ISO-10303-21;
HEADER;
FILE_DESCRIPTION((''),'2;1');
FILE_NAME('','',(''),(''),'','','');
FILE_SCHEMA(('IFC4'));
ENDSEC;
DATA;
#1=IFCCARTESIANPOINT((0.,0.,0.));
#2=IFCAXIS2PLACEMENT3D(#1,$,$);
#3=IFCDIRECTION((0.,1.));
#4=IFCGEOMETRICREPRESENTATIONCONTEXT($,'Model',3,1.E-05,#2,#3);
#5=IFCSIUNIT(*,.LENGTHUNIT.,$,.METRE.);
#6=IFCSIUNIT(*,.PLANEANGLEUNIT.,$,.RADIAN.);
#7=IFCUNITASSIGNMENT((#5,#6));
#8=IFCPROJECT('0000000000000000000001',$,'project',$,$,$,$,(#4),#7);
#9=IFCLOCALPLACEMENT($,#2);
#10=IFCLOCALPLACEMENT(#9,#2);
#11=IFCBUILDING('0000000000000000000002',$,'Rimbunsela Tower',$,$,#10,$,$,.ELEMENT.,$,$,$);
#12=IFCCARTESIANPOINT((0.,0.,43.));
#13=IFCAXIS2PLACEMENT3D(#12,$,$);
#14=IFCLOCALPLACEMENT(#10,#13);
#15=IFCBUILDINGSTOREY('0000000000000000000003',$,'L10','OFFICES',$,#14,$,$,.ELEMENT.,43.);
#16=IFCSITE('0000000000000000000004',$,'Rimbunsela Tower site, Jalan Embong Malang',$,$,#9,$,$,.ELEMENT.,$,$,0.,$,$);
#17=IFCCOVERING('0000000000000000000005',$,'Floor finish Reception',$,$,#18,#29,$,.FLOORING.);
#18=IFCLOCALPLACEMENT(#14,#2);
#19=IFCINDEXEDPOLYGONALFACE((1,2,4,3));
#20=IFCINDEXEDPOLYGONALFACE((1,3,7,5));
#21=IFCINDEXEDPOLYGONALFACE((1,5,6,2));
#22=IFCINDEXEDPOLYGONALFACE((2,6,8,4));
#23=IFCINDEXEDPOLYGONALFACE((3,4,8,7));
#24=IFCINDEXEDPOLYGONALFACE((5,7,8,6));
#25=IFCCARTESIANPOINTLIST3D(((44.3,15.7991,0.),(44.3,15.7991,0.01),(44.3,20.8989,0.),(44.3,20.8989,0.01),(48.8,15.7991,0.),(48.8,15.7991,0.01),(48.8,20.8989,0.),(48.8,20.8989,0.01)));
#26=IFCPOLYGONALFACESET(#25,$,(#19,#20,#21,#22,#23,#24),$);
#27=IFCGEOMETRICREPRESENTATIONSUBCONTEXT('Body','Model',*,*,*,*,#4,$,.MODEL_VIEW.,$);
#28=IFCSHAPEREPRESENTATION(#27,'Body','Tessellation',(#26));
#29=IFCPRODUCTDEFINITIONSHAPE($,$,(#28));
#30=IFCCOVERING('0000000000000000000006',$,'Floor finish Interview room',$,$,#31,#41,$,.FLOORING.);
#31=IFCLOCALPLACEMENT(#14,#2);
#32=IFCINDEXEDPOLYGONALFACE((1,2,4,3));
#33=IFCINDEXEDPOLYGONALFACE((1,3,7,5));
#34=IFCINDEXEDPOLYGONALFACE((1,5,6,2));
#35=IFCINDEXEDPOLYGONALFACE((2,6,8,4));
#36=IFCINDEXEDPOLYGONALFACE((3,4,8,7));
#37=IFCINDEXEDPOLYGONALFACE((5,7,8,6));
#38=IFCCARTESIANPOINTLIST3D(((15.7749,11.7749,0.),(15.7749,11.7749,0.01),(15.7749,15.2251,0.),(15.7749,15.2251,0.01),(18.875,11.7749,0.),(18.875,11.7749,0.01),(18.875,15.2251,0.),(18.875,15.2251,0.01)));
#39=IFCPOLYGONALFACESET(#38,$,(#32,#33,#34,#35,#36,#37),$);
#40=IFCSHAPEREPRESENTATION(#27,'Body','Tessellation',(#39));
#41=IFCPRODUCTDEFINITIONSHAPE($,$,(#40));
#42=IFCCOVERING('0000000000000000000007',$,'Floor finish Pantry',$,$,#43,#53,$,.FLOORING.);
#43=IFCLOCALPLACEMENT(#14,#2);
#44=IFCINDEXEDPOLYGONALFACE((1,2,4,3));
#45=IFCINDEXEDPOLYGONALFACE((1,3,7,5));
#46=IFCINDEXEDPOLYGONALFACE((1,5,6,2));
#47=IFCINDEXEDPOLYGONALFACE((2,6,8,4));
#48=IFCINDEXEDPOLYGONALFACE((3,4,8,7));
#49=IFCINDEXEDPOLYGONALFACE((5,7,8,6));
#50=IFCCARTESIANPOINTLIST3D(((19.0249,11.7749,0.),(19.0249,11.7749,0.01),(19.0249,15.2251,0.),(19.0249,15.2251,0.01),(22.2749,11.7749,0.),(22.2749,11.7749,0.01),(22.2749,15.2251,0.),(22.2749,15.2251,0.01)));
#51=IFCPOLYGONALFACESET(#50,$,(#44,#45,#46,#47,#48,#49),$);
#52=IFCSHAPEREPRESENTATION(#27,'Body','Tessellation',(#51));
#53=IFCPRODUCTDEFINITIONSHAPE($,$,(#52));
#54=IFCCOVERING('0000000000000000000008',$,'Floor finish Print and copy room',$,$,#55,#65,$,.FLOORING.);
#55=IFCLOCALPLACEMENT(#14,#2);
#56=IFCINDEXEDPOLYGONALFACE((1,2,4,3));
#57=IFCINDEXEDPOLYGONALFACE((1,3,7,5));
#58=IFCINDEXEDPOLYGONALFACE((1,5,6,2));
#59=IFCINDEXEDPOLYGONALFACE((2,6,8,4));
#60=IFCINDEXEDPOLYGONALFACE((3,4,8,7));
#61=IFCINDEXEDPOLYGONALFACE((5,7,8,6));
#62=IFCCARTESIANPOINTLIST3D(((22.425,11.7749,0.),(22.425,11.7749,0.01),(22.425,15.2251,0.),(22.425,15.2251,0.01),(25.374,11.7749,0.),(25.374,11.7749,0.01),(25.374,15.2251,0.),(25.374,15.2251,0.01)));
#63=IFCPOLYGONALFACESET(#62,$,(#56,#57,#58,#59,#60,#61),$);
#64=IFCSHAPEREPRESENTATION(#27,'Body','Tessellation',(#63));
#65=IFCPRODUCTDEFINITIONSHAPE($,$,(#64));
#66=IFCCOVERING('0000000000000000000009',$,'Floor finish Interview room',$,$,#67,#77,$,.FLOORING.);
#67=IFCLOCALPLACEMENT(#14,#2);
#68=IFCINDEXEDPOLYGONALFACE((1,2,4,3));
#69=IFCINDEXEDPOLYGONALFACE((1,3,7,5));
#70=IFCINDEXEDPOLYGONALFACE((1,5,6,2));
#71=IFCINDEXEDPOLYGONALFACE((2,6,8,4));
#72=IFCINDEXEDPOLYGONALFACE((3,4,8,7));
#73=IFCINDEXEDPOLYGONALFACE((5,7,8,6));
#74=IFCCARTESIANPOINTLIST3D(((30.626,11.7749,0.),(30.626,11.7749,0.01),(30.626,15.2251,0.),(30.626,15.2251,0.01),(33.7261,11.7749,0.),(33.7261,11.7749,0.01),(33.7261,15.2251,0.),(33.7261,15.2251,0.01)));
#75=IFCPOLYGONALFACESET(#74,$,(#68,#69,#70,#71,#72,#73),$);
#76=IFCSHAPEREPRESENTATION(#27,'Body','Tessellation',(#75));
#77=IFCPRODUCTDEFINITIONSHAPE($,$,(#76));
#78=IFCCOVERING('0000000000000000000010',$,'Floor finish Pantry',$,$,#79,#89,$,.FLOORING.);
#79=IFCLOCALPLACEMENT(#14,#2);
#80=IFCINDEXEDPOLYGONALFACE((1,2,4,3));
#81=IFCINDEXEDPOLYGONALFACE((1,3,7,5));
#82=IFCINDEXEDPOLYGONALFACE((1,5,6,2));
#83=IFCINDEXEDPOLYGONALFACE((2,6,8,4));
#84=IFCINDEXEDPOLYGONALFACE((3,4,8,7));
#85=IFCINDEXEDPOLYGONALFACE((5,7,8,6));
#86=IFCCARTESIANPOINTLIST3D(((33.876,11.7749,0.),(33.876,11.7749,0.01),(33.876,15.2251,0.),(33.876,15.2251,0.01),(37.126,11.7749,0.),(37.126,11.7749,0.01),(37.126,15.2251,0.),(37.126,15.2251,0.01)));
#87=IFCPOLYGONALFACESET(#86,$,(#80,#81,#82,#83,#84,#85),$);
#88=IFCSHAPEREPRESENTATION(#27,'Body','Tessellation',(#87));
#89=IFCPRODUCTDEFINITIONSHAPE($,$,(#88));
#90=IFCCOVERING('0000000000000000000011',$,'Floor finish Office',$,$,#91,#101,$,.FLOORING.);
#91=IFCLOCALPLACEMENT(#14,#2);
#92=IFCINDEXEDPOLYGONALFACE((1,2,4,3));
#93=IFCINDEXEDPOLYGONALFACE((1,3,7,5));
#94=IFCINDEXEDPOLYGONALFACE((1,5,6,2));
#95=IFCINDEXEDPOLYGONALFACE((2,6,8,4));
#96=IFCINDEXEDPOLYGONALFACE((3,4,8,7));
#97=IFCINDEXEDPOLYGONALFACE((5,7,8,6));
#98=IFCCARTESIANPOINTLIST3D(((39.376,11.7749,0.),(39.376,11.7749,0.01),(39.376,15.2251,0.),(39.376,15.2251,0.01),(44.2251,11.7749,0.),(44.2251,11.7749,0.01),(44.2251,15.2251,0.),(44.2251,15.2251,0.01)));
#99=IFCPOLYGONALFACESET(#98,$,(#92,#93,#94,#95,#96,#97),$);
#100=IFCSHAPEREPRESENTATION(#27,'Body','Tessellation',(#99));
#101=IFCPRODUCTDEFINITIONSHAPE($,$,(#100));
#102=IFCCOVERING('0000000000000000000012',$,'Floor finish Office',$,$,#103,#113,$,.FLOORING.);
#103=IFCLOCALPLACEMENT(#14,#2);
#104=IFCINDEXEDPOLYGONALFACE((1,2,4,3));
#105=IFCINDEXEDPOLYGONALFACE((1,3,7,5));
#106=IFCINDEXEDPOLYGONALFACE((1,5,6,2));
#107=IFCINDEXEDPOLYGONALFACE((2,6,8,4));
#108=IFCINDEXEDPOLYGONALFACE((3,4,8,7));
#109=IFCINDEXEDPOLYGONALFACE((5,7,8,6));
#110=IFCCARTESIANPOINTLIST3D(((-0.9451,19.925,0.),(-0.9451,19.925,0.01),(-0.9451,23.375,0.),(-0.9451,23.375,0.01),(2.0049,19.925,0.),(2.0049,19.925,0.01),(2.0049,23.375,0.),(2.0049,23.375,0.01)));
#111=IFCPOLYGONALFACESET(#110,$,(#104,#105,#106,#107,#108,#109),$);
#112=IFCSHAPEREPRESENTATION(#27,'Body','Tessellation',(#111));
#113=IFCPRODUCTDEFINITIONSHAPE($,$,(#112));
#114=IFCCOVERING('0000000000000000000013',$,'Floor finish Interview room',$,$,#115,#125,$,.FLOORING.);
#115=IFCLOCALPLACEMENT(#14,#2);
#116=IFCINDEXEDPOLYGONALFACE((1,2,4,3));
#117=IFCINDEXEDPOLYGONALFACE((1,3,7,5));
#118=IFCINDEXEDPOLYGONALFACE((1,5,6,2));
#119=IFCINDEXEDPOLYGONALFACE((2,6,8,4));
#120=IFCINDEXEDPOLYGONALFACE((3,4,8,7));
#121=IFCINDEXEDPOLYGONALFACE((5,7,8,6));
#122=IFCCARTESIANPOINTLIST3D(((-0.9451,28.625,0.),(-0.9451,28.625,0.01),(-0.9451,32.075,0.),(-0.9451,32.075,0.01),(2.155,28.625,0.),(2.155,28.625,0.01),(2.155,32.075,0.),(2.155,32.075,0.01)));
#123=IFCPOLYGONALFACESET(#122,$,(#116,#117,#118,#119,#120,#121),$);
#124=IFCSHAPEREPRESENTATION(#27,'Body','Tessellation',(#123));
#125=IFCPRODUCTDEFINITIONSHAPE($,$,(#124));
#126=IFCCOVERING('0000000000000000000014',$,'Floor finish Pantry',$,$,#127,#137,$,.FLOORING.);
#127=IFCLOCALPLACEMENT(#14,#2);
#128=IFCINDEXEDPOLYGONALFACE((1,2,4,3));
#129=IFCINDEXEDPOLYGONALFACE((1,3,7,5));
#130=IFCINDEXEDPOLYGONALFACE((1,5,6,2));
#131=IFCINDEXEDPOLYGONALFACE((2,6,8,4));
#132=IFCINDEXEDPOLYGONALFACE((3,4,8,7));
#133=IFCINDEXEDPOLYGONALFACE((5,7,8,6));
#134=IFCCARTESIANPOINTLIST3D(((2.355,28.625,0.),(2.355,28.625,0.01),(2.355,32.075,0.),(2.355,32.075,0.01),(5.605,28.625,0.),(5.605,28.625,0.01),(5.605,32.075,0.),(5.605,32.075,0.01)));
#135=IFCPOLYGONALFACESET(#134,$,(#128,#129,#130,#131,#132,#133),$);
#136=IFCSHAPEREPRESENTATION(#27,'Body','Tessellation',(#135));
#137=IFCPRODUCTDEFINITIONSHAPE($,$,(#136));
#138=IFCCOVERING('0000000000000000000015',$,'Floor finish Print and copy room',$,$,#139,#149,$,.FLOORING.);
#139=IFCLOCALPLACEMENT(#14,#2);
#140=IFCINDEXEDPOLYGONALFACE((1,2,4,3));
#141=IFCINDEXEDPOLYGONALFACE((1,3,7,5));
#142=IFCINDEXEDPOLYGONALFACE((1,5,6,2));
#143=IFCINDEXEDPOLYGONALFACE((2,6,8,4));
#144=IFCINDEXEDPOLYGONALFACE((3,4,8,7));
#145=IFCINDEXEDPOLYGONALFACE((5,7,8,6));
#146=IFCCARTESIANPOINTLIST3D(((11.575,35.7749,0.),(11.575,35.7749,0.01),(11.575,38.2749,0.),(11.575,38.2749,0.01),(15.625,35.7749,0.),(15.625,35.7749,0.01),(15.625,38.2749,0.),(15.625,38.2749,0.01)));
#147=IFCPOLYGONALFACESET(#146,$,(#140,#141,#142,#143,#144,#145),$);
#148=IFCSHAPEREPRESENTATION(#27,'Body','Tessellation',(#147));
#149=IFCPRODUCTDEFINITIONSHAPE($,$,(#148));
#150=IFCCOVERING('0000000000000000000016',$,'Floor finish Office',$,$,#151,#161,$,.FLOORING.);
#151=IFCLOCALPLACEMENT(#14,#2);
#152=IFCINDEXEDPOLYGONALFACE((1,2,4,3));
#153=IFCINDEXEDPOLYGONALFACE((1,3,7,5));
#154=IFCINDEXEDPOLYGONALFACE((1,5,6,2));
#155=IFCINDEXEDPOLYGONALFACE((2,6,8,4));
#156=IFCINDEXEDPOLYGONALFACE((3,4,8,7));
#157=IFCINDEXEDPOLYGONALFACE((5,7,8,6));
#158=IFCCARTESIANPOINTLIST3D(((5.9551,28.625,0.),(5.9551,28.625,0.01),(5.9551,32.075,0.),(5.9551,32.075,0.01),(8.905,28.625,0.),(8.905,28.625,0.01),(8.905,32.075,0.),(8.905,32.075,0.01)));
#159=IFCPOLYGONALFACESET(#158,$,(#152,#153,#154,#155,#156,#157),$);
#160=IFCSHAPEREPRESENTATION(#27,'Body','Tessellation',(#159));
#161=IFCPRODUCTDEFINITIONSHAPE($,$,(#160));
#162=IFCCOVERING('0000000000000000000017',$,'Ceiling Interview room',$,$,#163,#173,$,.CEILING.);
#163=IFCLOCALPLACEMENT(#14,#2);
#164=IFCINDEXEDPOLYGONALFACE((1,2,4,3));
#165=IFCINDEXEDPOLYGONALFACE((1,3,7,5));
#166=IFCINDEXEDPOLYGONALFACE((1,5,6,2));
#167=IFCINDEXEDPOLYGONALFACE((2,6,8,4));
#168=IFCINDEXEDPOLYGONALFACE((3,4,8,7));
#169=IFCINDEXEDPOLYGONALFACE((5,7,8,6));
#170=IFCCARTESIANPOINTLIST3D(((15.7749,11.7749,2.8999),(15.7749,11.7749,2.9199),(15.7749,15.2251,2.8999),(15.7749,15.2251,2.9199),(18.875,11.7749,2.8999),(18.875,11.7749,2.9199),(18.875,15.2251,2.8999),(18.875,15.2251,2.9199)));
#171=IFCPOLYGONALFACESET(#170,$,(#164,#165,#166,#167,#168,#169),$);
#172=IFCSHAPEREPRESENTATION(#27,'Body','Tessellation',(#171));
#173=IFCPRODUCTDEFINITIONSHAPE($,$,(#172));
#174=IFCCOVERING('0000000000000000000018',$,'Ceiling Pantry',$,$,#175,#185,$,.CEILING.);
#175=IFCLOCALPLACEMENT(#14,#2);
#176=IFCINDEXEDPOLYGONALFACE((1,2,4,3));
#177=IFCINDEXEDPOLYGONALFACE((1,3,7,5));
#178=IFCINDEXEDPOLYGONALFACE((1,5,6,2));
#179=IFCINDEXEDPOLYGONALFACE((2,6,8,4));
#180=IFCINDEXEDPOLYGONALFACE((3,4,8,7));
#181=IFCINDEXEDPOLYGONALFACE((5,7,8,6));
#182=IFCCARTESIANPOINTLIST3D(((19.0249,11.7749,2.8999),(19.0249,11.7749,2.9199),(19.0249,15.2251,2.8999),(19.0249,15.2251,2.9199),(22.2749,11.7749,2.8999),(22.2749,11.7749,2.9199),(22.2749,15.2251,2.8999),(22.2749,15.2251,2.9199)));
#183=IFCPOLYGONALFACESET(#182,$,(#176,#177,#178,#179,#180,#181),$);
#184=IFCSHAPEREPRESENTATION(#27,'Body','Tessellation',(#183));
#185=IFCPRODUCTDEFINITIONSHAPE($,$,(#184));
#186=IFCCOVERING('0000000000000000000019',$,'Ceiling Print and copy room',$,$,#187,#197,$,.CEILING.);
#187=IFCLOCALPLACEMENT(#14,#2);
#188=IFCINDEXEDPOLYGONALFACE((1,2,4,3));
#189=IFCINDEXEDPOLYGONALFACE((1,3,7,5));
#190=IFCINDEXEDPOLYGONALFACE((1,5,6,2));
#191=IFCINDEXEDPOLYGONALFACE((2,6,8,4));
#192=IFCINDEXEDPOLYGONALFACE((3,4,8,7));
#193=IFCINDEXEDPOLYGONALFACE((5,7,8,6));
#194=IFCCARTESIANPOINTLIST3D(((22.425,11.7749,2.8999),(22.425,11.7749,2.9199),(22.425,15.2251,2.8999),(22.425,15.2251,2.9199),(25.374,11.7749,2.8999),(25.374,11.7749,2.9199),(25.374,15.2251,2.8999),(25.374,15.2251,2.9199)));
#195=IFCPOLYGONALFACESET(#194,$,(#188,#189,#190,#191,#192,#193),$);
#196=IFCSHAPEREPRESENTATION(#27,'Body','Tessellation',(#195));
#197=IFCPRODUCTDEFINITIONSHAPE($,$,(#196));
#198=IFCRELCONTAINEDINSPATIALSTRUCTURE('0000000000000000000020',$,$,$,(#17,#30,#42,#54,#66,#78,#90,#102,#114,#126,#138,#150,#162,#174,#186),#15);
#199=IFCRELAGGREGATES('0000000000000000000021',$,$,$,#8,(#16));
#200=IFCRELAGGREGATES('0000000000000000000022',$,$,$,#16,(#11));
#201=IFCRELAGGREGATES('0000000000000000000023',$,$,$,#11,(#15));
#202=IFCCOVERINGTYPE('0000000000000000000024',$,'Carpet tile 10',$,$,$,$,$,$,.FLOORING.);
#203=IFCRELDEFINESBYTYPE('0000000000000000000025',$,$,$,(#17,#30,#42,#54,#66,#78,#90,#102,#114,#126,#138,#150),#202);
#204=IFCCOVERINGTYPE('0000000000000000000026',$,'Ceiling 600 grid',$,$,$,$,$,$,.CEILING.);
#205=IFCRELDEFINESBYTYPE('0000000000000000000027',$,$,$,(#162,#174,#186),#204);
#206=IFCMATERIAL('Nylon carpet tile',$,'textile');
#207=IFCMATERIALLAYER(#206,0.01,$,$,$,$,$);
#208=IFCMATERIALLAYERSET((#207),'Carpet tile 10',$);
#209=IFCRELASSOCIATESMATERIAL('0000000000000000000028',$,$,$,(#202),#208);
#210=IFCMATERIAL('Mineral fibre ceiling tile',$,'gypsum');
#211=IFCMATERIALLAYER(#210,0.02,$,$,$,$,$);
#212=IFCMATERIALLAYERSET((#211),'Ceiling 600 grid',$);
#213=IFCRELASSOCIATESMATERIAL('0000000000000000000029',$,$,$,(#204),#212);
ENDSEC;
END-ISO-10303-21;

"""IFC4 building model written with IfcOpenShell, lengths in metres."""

from ifc_helpers import new_model, si_unit, direction, frame, origin, place, context, subcontext, project, spatial, polyline, outline, extrude, material, layer, layer_set, type_object, element, save


model = new_model("IFC4")

# Units and contexts
model_context = context("Model", 3, precision=1e-05, world=origin(), true_north=direction((0.0, 1.0)))
body_context = subcontext(model_context, "Body", "Model", "MODEL_VIEW")
ifc_project = project(units=[si_unit("LENGTHUNIT", "METRE"), si_unit("PLANEANGLEUNIT", "RADIAN")], contexts=[model_context])

# Site, building, storey
site_placement = place(None, origin())
site = spatial("IfcSite", under=ifc_project, at=site_placement, Name="Rimbunsela Tower site, Jalan Embong Malang", CompositionType="ELEMENT", RefElevation=0.0)
building_placement = place(site_placement, origin())
building = spatial("IfcBuilding", under=site, at=building_placement, Name="Rimbunsela Tower", CompositionType="ELEMENT")
storey_placement = place(building_placement, frame((0.0, 0.0, 43.0)))
storey = spatial("IfcBuildingStorey", under=building, at=storey_placement, Name="L10", Description="OFFICES", CompositionType="ELEMENT", Elevation=43.0)

# Coverings
ifc_material_1 = material(Name="Nylon carpet tile", Category="textile")
ifc_layer_1 = layer(ifc_material_1, 0.01)
ifc_layer_set_1 = layer_set([ifc_layer_1], Name="Carpet tile 10")
covering_type_1 = type_object("IfcCoveringType", Name="Carpet tile 10", PredefinedType="FLOORING", material=ifc_layer_set_1)
covering_1_placement = place(storey_placement, origin())
element("IfcCovering", 1, at=covering_1_placement, inside=storey, type_object=covering_type_1, Name="Floor finish Reception", PredefinedType="FLOORING", context=body_context, shape_type="SweptSolid", body=[
    extrude(outline(polyline([(48.8, 15.7991), (48.8, 20.8989), (44.3, 20.8989), (44.3, 15.7991), (48.8, 15.7991)])), origin(), (0.0, 0.0, 1.0), 0.01),
])
covering_2_placement = place(storey_placement, origin())
element("IfcCovering", 2, at=covering_2_placement, inside=storey, type_object=covering_type_1, Name="Floor finish Interview room", PredefinedType="FLOORING", context=body_context, shape_type="SweptSolid", body=[
    extrude(outline(polyline([(18.875, 11.7749), (18.875, 15.2251), (15.7749, 15.2251), (15.7749, 11.7749), (18.875, 11.7749)])), origin(), (0.0, 0.0, 1.0), 0.01),
])
covering_3_placement = place(storey_placement, origin())
element("IfcCovering", 3, at=covering_3_placement, inside=storey, type_object=covering_type_1, Name="Floor finish Pantry", PredefinedType="FLOORING", context=body_context, shape_type="SweptSolid", body=[
    extrude(outline(polyline([(22.2749, 11.7749), (22.2749, 15.2251), (19.0249, 15.2251), (19.0249, 11.7749), (22.2749, 11.7749)])), origin(), (0.0, 0.0, 1.0), 0.01),
])
covering_4_placement = place(storey_placement, origin())
element("IfcCovering", 4, at=covering_4_placement, inside=storey, type_object=covering_type_1, Name="Floor finish Print and copy room", PredefinedType="FLOORING", context=body_context, shape_type="SweptSolid", body=[
    extrude(outline(polyline([(25.374, 11.7749), (25.374, 15.2251), (22.425, 15.2251), (22.425, 11.7749), (25.374, 11.7749)])), origin(), (0.0, 0.0, 1.0), 0.01),
])
covering_5_placement = place(storey_placement, origin())
element("IfcCovering", 5, at=covering_5_placement, inside=storey, type_object=covering_type_1, Name="Floor finish Interview room", PredefinedType="FLOORING", context=body_context, shape_type="SweptSolid", body=[
    extrude(outline(polyline([(33.7261, 11.7749), (33.7261, 15.2251), (30.626, 15.2251), (30.626, 11.7749), (33.7261, 11.7749)])), origin(), (0.0, 0.0, 1.0), 0.01),
])
covering_6_placement = place(storey_placement, origin())
element("IfcCovering", 6, at=covering_6_placement, inside=storey, type_object=covering_type_1, Name="Floor finish Pantry", PredefinedType="FLOORING", context=body_context, shape_type="SweptSolid", body=[
    extrude(outline(polyline([(37.126, 11.7749), (37.126, 15.2251), (33.876, 15.2251), (33.876, 11.7749), (37.126, 11.7749)])), origin(), (0.0, 0.0, 1.0), 0.01),
])
covering_7_placement = place(storey_placement, origin())
element("IfcCovering", 7, at=covering_7_placement, inside=storey, type_object=covering_type_1, Name="Floor finish Office", PredefinedType="FLOORING", context=body_context, shape_type="SweptSolid", body=[
    extrude(outline(polyline([(44.2251, 11.7749), (44.2251, 15.2251), (39.376, 15.2251), (39.376, 11.7749), (44.2251, 11.7749)])), origin(), (0.0, 0.0, 1.0), 0.01),
])
covering_8_placement = place(storey_placement, origin())
element("IfcCovering", 8, at=covering_8_placement, inside=storey, type_object=covering_type_1, Name="Floor finish Office", PredefinedType="FLOORING", context=body_context, shape_type="SweptSolid", body=[
    extrude(outline(polyline([(2.0049, 19.925), (2.0049, 23.375), (-0.9451, 23.375), (-0.9451, 19.925), (2.0049, 19.925)])), origin(), (0.0, 0.0, 1.0), 0.01),
])
covering_9_placement = place(storey_placement, origin())
element("IfcCovering", 9, at=covering_9_placement, inside=storey, type_object=covering_type_1, Name="Floor finish Interview room", PredefinedType="FLOORING", context=body_context, shape_type="SweptSolid", body=[
    extrude(outline(polyline([(2.155, 28.625), (2.155, 32.075), (-0.9451, 32.075), (-0.9451, 28.625), (2.155, 28.625)])), origin(), (0.0, 0.0, 1.0), 0.01),
])
covering_10_placement = place(storey_placement, origin())
element("IfcCovering", 10, at=covering_10_placement, inside=storey, type_object=covering_type_1, Name="Floor finish Pantry", PredefinedType="FLOORING", context=body_context, shape_type="SweptSolid", body=[
    extrude(outline(polyline([(5.605, 28.625), (5.605, 32.075), (2.355, 32.075), (2.355, 28.625), (5.605, 28.625)])), origin(), (0.0, 0.0, 1.0), 0.01),
])
covering_11_placement = place(storey_placement, origin())
element("IfcCovering", 11, at=covering_11_placement, inside=storey, type_object=covering_type_1, Name="Floor finish Print and copy room", PredefinedType="FLOORING", context=body_context, shape_type="SweptSolid", body=[
    extrude(outline(polyline([(15.625, 35.7749), (15.625, 38.2749), (11.575, 38.2749), (11.575, 35.7749), (15.625, 35.7749)])), origin(), (0.0, 0.0, 1.0), 0.01),
])
covering_12_placement = place(storey_placement, origin())
element("IfcCovering", 12, at=covering_12_placement, inside=storey, type_object=covering_type_1, Name="Floor finish Office", PredefinedType="FLOORING", context=body_context, shape_type="SweptSolid", body=[
    extrude(outline(polyline([(8.905, 28.625), (8.905, 32.075), (5.9551, 32.075), (5.9551, 28.625), (8.905, 28.625)])), origin(), (0.0, 0.0, 1.0), 0.01),
])
ifc_material_2 = material(Name="Mineral fibre ceiling tile", Category="gypsum")
ifc_layer_2 = layer(ifc_material_2, 0.02)
ifc_layer_set_2 = layer_set([ifc_layer_2], Name="Ceiling 600 grid")
covering_type_2 = type_object("IfcCoveringType", Name="Ceiling 600 grid", PredefinedType="CEILING", material=ifc_layer_set_2)
covering_13_placement = place(storey_placement, frame((0.0, 0.0, 2.8999)))
element("IfcCovering", 13, at=covering_13_placement, inside=storey, type_object=covering_type_2, Name="Ceiling Interview room", PredefinedType="CEILING", context=body_context, shape_type="SweptSolid", body=[
    extrude(outline(polyline([(18.875, 11.7749), (18.875, 15.2251), (15.7749, 15.2251), (15.7749, 11.7749), (18.875, 11.7749)])), origin(), (0.0, 0.0, 1.0), 0.02),
])
covering_14_placement = place(storey_placement, frame((0.0, 0.0, 2.8999)))
element("IfcCovering", 14, at=covering_14_placement, inside=storey, type_object=covering_type_2, Name="Ceiling Pantry", PredefinedType="CEILING", context=body_context, shape_type="SweptSolid", body=[
    extrude(outline(polyline([(22.2749, 11.7749), (22.2749, 15.2251), (19.0249, 15.2251), (19.0249, 11.7749), (22.2749, 11.7749)])), origin(), (0.0, 0.0, 1.0), 0.02),
])
covering_15_placement = place(storey_placement, frame((0.0, 0.0, 2.8999)))
element("IfcCovering", 15, at=covering_15_placement, inside=storey, type_object=covering_type_2, Name="Ceiling Print and copy room", PredefinedType="CEILING", context=body_context, shape_type="SweptSolid", body=[
    extrude(outline(polyline([(25.374, 11.7749), (25.374, 15.2251), (22.425, 15.2251), (22.425, 11.7749), (25.374, 11.7749)])), origin(), (0.0, 0.0, 1.0), 0.02),
])

save(model, "model.ifc")
